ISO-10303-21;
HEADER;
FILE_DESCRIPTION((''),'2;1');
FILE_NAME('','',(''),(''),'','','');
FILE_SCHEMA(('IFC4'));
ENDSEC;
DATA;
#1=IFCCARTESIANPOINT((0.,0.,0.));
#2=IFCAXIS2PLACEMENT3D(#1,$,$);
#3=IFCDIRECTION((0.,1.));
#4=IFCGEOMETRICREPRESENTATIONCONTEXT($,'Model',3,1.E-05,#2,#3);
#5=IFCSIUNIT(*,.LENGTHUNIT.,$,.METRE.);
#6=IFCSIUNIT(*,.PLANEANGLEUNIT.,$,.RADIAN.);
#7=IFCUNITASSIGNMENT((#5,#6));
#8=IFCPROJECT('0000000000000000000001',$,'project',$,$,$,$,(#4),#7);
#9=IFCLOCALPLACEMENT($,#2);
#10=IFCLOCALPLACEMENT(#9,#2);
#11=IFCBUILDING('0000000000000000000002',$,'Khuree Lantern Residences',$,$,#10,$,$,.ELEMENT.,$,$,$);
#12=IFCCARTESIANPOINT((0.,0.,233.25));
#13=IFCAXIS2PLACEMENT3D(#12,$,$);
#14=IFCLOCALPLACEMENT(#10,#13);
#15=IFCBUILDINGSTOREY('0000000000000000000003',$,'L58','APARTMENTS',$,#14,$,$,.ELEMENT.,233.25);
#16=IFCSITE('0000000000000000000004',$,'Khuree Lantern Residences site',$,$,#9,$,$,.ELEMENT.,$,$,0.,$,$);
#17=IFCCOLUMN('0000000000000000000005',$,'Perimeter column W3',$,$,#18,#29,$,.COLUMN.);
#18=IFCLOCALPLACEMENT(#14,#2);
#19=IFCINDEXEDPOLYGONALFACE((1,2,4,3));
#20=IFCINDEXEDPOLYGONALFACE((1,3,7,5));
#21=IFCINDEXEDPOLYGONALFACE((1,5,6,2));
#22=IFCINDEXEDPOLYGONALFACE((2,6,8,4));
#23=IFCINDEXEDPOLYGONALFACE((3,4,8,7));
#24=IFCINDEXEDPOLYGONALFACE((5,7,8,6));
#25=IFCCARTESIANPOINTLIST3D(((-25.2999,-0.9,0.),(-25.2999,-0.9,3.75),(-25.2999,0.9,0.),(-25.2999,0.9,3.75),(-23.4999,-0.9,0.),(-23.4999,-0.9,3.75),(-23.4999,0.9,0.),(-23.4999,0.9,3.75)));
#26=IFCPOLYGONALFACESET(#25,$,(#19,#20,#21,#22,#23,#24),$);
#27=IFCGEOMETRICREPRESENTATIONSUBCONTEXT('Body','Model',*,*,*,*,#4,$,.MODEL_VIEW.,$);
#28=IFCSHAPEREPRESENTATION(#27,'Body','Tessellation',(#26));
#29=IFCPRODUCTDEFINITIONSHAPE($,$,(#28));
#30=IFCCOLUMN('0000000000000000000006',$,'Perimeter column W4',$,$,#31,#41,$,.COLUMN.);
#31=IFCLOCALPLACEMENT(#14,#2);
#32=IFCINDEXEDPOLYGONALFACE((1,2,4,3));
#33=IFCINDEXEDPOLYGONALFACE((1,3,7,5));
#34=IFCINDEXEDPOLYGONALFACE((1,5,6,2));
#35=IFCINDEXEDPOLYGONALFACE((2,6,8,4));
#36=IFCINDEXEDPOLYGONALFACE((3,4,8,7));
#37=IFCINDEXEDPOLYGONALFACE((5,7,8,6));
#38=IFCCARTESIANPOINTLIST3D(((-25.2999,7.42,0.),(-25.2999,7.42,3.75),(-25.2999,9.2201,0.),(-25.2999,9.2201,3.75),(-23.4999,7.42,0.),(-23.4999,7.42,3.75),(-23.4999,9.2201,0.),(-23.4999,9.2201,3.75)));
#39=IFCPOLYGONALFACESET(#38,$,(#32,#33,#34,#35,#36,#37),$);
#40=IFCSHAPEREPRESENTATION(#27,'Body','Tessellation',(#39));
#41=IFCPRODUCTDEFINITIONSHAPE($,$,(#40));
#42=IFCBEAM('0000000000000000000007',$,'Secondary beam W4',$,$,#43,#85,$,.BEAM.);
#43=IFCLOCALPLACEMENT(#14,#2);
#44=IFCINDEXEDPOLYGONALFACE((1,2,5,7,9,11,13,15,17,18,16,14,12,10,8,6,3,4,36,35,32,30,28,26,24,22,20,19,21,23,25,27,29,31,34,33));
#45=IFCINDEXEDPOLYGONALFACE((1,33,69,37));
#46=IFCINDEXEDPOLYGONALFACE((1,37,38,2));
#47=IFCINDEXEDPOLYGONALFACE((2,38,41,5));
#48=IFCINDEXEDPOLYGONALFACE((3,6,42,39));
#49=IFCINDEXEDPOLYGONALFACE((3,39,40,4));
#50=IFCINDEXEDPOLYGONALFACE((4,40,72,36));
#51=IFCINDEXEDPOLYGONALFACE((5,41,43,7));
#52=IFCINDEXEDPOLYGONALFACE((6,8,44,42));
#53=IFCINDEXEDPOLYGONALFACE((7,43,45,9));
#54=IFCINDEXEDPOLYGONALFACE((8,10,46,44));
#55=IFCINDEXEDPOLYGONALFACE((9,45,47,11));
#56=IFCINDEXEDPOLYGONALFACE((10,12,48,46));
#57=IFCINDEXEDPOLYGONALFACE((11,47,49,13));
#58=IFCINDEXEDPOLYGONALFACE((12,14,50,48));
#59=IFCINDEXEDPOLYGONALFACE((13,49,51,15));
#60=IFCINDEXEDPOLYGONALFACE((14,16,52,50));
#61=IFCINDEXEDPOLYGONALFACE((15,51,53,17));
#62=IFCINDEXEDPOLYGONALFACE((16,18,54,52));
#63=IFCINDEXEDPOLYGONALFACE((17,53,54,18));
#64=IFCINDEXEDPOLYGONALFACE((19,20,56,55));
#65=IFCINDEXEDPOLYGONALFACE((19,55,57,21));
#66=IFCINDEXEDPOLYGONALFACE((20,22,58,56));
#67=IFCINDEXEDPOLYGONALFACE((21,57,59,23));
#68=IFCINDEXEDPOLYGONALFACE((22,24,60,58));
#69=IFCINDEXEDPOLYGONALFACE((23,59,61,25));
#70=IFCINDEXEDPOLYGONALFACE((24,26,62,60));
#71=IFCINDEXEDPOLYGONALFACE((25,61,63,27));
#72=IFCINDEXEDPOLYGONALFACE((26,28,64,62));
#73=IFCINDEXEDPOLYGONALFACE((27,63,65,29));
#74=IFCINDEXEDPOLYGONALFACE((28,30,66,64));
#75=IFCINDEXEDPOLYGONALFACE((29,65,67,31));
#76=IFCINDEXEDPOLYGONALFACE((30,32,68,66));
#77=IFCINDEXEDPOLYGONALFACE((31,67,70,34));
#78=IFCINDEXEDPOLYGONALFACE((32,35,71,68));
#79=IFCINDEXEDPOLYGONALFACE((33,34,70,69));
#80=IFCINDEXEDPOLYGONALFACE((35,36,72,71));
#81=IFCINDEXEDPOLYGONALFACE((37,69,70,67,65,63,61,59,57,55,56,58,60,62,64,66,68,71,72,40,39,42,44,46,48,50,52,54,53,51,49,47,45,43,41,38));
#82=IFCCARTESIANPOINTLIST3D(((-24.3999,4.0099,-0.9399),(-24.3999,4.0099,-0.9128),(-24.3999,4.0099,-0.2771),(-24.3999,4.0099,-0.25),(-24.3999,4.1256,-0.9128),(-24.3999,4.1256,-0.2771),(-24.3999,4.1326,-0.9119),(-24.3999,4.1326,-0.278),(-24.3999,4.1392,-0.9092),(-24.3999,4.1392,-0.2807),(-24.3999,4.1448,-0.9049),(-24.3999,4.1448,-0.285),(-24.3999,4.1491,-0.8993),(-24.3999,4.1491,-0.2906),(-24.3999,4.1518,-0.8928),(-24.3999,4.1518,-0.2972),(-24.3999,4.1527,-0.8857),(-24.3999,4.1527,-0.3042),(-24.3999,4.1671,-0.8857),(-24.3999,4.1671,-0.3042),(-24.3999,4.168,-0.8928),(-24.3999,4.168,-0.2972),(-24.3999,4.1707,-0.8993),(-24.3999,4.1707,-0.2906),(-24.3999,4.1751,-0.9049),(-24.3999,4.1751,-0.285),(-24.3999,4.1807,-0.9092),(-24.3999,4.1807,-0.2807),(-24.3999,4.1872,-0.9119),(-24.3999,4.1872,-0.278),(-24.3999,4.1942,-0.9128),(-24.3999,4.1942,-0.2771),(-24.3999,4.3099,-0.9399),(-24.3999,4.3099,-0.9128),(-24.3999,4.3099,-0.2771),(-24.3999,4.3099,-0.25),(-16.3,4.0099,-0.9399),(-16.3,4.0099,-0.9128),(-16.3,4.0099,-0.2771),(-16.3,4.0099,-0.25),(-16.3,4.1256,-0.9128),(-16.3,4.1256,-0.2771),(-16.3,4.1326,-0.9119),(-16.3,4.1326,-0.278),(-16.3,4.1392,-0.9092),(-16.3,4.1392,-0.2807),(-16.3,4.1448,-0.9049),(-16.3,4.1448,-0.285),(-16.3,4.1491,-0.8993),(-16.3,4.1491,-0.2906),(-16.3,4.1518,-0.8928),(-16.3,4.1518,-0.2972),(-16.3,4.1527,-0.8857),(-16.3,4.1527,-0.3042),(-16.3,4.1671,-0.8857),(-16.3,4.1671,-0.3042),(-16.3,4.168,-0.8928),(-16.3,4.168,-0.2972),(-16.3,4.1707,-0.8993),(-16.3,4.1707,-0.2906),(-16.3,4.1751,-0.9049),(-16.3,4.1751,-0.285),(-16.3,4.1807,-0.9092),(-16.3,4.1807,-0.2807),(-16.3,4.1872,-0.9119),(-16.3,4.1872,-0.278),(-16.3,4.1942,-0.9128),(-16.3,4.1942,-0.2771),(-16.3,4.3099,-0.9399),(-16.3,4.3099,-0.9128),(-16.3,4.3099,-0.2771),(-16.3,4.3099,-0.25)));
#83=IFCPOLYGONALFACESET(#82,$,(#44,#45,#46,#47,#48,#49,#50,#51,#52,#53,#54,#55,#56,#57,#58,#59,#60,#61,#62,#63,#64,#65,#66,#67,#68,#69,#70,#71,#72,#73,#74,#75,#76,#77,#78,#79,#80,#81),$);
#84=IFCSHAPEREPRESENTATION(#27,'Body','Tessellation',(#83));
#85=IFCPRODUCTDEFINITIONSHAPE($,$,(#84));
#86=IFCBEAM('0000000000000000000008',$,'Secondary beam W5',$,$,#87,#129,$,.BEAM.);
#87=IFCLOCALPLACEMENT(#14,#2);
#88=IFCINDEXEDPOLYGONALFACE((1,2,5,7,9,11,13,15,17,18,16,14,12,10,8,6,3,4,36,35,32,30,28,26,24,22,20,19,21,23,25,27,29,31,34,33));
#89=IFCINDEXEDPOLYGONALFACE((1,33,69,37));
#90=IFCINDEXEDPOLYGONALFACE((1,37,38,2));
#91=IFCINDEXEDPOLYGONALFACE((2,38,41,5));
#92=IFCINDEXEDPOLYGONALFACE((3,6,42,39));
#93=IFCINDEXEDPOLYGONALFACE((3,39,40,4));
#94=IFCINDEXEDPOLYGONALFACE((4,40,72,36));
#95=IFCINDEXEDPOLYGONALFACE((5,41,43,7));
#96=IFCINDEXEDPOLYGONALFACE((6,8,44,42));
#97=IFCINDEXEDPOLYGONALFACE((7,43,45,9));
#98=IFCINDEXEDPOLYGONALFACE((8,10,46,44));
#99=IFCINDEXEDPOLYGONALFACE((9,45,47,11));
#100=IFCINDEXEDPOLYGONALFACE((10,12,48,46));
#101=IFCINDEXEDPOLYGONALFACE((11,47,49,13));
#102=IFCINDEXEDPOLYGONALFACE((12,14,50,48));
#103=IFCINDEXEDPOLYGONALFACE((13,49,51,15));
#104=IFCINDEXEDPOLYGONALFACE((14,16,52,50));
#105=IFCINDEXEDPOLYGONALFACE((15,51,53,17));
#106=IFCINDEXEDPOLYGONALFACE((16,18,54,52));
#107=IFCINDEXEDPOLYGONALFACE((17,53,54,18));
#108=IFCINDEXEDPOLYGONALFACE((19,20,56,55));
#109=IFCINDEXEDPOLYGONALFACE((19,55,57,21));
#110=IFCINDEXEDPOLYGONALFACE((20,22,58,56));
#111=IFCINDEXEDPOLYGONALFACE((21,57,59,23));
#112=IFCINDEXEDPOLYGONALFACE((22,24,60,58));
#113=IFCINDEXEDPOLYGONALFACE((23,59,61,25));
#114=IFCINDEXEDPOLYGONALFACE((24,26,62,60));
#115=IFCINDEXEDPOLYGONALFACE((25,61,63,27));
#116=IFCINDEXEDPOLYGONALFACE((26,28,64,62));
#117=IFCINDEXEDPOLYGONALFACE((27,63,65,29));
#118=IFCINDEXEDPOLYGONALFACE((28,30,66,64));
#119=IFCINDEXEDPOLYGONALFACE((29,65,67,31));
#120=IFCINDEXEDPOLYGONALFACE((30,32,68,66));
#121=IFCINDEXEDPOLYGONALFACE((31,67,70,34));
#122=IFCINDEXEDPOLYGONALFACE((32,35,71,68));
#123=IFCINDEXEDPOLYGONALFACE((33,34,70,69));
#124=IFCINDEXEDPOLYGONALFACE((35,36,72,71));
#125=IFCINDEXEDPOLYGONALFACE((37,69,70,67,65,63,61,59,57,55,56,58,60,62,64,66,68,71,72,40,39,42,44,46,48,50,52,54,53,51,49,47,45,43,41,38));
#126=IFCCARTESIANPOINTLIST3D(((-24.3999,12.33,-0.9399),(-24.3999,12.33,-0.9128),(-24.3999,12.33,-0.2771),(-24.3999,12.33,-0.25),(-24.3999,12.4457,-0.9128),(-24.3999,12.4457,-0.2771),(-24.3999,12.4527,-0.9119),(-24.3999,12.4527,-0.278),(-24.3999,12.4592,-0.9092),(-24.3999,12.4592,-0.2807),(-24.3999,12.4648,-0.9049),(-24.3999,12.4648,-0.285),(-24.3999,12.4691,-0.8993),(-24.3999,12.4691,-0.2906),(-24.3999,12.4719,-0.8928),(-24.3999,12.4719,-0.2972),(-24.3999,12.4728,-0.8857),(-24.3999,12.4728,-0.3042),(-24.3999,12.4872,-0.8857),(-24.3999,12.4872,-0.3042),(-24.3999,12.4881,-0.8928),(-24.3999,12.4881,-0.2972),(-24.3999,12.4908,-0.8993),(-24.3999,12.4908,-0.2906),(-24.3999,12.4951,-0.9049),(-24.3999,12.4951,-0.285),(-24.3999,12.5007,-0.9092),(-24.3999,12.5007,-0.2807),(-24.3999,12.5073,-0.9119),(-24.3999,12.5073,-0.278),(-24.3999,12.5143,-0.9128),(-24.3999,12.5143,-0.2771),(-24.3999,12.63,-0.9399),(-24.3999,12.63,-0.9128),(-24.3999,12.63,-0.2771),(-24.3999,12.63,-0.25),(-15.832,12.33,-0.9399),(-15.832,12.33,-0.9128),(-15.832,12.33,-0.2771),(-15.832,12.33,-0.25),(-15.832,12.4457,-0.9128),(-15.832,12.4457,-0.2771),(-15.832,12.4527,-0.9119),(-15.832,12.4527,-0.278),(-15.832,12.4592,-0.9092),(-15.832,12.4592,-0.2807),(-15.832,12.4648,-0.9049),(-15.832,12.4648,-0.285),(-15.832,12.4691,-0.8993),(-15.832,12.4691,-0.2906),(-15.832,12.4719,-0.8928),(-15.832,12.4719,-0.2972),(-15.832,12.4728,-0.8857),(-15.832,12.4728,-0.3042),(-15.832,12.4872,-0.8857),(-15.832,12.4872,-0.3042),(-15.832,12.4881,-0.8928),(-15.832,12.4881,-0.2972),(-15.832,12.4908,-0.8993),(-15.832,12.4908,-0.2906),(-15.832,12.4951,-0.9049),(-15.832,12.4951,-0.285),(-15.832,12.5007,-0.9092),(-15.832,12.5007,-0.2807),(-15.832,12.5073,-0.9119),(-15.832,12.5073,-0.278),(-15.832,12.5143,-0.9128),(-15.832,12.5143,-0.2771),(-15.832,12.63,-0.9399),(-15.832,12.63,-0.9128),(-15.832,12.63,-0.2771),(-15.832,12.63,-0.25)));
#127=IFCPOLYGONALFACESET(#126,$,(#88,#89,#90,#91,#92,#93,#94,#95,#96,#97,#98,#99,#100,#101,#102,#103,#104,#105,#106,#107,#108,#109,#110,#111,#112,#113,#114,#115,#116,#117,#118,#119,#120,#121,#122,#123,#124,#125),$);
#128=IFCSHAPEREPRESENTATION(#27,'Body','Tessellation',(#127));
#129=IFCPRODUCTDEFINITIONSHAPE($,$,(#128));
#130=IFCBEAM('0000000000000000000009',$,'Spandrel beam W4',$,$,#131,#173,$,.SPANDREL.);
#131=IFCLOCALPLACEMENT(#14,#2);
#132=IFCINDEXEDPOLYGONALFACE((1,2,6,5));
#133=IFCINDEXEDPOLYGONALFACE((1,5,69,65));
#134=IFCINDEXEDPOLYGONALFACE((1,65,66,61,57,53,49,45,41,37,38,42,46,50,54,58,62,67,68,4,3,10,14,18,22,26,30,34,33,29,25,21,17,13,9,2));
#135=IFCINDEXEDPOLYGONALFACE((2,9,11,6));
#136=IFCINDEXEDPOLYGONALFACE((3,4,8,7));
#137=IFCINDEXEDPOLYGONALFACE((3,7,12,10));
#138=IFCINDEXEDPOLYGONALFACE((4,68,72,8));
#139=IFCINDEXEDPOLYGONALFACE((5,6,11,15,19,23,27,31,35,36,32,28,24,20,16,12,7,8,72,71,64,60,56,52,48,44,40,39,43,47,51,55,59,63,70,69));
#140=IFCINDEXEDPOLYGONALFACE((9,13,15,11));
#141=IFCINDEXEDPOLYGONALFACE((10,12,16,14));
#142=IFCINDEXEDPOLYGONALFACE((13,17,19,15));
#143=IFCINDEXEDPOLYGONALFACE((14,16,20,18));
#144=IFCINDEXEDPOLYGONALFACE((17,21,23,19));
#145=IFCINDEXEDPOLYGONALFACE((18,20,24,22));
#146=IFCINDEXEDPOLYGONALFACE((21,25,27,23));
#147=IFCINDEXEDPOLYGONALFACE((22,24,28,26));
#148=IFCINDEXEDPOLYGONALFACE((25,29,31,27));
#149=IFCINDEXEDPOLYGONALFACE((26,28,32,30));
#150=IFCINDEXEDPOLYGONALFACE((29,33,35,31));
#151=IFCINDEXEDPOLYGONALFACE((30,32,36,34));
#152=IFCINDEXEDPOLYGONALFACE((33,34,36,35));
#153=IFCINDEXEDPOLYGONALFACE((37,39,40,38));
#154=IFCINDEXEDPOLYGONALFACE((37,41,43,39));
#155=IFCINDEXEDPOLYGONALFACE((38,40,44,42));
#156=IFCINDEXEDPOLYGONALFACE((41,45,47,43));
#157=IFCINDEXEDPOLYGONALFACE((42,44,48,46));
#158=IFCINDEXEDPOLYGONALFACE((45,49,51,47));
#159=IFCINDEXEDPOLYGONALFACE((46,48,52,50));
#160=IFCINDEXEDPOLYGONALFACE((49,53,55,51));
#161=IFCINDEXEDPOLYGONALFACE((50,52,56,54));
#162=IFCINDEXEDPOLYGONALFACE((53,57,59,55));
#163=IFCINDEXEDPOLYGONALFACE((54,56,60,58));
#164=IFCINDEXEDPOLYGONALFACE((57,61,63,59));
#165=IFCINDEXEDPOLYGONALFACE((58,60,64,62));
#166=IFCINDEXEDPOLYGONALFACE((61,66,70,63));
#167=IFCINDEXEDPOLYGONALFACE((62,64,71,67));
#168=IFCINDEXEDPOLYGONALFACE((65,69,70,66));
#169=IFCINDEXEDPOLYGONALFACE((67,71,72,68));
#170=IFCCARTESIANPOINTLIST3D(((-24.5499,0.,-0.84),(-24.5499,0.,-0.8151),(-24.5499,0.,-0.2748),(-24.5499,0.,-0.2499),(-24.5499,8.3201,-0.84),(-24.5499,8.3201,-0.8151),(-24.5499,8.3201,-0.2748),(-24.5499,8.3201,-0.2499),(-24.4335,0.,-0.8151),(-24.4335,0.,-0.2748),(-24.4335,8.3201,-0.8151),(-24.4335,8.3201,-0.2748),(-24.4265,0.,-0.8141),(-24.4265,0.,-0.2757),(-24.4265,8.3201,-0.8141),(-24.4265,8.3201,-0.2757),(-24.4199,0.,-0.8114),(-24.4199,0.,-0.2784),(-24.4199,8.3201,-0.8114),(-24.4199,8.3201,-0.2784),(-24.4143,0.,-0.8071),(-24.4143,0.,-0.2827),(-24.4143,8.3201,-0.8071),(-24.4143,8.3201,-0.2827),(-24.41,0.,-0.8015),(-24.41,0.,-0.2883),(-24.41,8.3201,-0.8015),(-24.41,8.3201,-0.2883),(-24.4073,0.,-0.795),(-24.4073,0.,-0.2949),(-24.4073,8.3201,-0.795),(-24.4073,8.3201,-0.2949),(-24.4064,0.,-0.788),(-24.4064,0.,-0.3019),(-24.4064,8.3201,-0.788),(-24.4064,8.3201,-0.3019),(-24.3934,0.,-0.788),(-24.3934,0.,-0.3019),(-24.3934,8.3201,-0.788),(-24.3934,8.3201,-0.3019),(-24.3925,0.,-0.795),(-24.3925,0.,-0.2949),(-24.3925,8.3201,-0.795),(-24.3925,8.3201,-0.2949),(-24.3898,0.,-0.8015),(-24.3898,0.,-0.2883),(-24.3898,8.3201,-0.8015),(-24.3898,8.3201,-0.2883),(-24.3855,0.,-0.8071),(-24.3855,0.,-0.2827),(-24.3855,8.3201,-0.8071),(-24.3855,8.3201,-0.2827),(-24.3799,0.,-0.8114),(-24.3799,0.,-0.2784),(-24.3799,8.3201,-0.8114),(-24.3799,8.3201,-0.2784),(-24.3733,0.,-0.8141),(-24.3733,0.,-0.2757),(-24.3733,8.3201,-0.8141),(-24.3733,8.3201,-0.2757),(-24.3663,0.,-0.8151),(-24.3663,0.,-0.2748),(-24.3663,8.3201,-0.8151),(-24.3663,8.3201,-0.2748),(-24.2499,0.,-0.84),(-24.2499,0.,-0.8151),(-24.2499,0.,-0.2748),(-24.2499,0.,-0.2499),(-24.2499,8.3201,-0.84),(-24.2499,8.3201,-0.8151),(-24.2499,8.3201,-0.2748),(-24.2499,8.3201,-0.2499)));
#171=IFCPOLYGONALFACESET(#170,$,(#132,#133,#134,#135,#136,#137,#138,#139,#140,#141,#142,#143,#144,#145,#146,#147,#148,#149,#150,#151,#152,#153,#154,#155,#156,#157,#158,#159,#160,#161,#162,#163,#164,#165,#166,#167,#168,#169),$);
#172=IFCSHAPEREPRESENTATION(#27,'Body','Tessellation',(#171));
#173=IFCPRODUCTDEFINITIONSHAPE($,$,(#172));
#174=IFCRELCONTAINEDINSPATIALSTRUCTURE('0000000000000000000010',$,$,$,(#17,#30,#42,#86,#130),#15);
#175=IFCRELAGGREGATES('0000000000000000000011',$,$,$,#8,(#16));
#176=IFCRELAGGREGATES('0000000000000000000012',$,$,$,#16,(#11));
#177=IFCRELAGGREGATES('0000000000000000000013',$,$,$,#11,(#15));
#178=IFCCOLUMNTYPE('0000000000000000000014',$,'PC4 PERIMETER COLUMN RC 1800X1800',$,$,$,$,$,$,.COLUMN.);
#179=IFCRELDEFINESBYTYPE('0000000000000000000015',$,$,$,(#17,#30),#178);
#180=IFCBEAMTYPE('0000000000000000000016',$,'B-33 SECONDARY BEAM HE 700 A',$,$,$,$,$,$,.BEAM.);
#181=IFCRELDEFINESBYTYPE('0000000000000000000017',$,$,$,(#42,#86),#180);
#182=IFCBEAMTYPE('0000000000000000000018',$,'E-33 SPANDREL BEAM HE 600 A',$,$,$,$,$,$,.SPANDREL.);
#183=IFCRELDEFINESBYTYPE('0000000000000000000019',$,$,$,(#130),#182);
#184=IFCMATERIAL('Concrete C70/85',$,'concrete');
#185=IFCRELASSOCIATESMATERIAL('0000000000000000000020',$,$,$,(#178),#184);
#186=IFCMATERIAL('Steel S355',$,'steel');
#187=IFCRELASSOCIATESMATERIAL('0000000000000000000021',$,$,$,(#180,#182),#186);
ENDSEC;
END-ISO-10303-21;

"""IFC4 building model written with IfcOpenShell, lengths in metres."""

from ifc_helpers import new_model, si_unit, direction, frame, origin, origin_2d, place, context, subcontext, project, spatial, rectangle, i_section, extrude, material, material_profile, profile_set, type_object, element, save


model = new_model("IFC4")

# Units and contexts
model_context = context("Model", 3, precision=1e-05, world=origin(), true_north=direction((0.0, 1.0)))
body_context = subcontext(model_context, "Body", "Model", "MODEL_VIEW")
ifc_project = project(units=[si_unit("LENGTHUNIT", "METRE"), si_unit("PLANEANGLEUNIT", "RADIAN")], contexts=[model_context])

# Site, building, storey
site_placement = place(None, origin())
site = spatial("IfcSite", under=ifc_project, at=site_placement, Name="Khuree Lantern Residences site", CompositionType="ELEMENT", RefElevation=0.0)
building_placement = place(site_placement, origin())
building = spatial("IfcBuilding", under=site, at=building_placement, Name="Khuree Lantern Residences", CompositionType="ELEMENT")
storey_placement = place(building_placement, frame((0.0, 0.0, 233.25)))
storey = spatial("IfcBuildingStorey", under=building, at=storey_placement, Name="L58", Description="APARTMENTS", CompositionType="ELEMENT", Elevation=233.25)

# Columns
ifc_material_1 = material(Name="Concrete C70/85", Category="concrete")
ifc_material_profile_1 = material_profile(ifc_material_1, rectangle(XDim=1.8, YDim=1.8, at=origin_2d()), Name="RC 1800X1800")
ifc_profile_set_1 = profile_set([ifc_material_profile_1], Name="Concrete C70/85")
column_type = type_object("IfcColumnType", Name="PC4 PERIMETER COLUMN RC 1800X1800", PredefinedType="COLUMN", material=ifc_profile_set_1)
for number, where, z_axis, x_axis, name in (
    (1, (-24.3999, 0.0, 0.0), (0.0, 0.0, 1.0), (0.0, 1.0, 0.0), "Perimeter column W3"),
    (2, (-24.3999, 8.3201, 0.0), (0.0, 0.0, 1.0), (0.0, 1.0, 0.0), "Perimeter column W4"),
):
    element("IfcColumn", number, at=place(storey_placement, frame(where, z_axis=z_axis, x_axis=x_axis)), inside=storey, type_object=column_type, Name=name, PredefinedType="COLUMN", context=body_context, shape_type="SweptSolid", body=[
        extrude(rectangle(XDim=1.8, YDim=1.8, at=origin_2d()), origin(), (0.0, 0.0, 1.0), 3.75),
    ])

# Beams
ifc_material_2 = material(Name="Steel S355", Category="steel")
ifc_material_profile_2 = material_profile(ifc_material_2, i_section(OverallWidth=0.3, OverallDepth=0.6899, WebThickness=0.0144, FlangeThickness=0.0271, FilletRadius=0.0271, at=origin_2d()), Name="HE 700 A")
ifc_profile_set_2 = profile_set([ifc_material_profile_2], Name="Steel S355")
beam_type_1 = type_object("IfcBeamType", Name="B-33 SECONDARY BEAM HE 700 A", PredefinedType="BEAM", material=ifc_profile_set_2)
beam_1_placement = place(storey_placement, frame((-24.3999, 4.1599, -0.595), z_axis=(1.0, 0.0, 0.0), x_axis=(0.0, 1.0, 0.0)))
element("IfcBeam", 3, at=beam_1_placement, inside=storey, type_object=beam_type_1, Name="Secondary beam W4", PredefinedType="BEAM", context=body_context, shape_type="SweptSolid", body=[
    extrude(i_section(OverallWidth=0.3, OverallDepth=0.6899, WebThickness=0.0144, FlangeThickness=0.0271, FilletRadius=0.0271, at=origin_2d()), origin(), (0.0, 0.0, 1.0), 8.0999),
])
beam_2_placement = place(storey_placement, frame((-24.3999, 12.48, -0.595), z_axis=(1.0, 0.0, 0.0), x_axis=(0.0, 1.0, 0.0)))
element("IfcBeam", 4, at=beam_2_placement, inside=storey, type_object=beam_type_1, Name="Secondary beam W5", PredefinedType="BEAM", context=body_context, shape_type="SweptSolid", body=[
    extrude(i_section(OverallWidth=0.3, OverallDepth=0.6899, WebThickness=0.0144, FlangeThickness=0.0271, FilletRadius=0.0271, at=origin_2d()), origin(), (0.0, 0.0, 1.0), 8.5679),
])
ifc_material_profile_3 = material_profile(ifc_material_2, i_section(OverallWidth=0.3, OverallDepth=0.5901, WebThickness=0.0129, FlangeThickness=0.0249, FilletRadius=0.0271, at=origin_2d()), Name="HE 600 A")
ifc_profile_set_3 = profile_set([ifc_material_profile_3], Name="Steel S355")
beam_type_2 = type_object("IfcBeamType", Name="E-33 SPANDREL BEAM HE 600 A", PredefinedType="SPANDREL", material=ifc_profile_set_3)
beam_3_placement = place(storey_placement, frame((-24.3999, 0.0, -0.5449), z_axis=(0.0, 1.0, 0.0), x_axis=(-1.0, 0.0, 0.0)))
element("IfcBeam", 5, at=beam_3_placement, inside=storey, type_object=beam_type_2, Name="Spandrel beam W4", PredefinedType="SPANDREL", context=body_context, shape_type="SweptSolid", body=[
    extrude(i_section(OverallWidth=0.3, OverallDepth=0.5901, WebThickness=0.0129, FlangeThickness=0.0249, FilletRadius=0.0271, at=origin_2d()), origin(), (0.0, 0.0, 1.0), 8.3201),
])

save(model, "model.ifc")
